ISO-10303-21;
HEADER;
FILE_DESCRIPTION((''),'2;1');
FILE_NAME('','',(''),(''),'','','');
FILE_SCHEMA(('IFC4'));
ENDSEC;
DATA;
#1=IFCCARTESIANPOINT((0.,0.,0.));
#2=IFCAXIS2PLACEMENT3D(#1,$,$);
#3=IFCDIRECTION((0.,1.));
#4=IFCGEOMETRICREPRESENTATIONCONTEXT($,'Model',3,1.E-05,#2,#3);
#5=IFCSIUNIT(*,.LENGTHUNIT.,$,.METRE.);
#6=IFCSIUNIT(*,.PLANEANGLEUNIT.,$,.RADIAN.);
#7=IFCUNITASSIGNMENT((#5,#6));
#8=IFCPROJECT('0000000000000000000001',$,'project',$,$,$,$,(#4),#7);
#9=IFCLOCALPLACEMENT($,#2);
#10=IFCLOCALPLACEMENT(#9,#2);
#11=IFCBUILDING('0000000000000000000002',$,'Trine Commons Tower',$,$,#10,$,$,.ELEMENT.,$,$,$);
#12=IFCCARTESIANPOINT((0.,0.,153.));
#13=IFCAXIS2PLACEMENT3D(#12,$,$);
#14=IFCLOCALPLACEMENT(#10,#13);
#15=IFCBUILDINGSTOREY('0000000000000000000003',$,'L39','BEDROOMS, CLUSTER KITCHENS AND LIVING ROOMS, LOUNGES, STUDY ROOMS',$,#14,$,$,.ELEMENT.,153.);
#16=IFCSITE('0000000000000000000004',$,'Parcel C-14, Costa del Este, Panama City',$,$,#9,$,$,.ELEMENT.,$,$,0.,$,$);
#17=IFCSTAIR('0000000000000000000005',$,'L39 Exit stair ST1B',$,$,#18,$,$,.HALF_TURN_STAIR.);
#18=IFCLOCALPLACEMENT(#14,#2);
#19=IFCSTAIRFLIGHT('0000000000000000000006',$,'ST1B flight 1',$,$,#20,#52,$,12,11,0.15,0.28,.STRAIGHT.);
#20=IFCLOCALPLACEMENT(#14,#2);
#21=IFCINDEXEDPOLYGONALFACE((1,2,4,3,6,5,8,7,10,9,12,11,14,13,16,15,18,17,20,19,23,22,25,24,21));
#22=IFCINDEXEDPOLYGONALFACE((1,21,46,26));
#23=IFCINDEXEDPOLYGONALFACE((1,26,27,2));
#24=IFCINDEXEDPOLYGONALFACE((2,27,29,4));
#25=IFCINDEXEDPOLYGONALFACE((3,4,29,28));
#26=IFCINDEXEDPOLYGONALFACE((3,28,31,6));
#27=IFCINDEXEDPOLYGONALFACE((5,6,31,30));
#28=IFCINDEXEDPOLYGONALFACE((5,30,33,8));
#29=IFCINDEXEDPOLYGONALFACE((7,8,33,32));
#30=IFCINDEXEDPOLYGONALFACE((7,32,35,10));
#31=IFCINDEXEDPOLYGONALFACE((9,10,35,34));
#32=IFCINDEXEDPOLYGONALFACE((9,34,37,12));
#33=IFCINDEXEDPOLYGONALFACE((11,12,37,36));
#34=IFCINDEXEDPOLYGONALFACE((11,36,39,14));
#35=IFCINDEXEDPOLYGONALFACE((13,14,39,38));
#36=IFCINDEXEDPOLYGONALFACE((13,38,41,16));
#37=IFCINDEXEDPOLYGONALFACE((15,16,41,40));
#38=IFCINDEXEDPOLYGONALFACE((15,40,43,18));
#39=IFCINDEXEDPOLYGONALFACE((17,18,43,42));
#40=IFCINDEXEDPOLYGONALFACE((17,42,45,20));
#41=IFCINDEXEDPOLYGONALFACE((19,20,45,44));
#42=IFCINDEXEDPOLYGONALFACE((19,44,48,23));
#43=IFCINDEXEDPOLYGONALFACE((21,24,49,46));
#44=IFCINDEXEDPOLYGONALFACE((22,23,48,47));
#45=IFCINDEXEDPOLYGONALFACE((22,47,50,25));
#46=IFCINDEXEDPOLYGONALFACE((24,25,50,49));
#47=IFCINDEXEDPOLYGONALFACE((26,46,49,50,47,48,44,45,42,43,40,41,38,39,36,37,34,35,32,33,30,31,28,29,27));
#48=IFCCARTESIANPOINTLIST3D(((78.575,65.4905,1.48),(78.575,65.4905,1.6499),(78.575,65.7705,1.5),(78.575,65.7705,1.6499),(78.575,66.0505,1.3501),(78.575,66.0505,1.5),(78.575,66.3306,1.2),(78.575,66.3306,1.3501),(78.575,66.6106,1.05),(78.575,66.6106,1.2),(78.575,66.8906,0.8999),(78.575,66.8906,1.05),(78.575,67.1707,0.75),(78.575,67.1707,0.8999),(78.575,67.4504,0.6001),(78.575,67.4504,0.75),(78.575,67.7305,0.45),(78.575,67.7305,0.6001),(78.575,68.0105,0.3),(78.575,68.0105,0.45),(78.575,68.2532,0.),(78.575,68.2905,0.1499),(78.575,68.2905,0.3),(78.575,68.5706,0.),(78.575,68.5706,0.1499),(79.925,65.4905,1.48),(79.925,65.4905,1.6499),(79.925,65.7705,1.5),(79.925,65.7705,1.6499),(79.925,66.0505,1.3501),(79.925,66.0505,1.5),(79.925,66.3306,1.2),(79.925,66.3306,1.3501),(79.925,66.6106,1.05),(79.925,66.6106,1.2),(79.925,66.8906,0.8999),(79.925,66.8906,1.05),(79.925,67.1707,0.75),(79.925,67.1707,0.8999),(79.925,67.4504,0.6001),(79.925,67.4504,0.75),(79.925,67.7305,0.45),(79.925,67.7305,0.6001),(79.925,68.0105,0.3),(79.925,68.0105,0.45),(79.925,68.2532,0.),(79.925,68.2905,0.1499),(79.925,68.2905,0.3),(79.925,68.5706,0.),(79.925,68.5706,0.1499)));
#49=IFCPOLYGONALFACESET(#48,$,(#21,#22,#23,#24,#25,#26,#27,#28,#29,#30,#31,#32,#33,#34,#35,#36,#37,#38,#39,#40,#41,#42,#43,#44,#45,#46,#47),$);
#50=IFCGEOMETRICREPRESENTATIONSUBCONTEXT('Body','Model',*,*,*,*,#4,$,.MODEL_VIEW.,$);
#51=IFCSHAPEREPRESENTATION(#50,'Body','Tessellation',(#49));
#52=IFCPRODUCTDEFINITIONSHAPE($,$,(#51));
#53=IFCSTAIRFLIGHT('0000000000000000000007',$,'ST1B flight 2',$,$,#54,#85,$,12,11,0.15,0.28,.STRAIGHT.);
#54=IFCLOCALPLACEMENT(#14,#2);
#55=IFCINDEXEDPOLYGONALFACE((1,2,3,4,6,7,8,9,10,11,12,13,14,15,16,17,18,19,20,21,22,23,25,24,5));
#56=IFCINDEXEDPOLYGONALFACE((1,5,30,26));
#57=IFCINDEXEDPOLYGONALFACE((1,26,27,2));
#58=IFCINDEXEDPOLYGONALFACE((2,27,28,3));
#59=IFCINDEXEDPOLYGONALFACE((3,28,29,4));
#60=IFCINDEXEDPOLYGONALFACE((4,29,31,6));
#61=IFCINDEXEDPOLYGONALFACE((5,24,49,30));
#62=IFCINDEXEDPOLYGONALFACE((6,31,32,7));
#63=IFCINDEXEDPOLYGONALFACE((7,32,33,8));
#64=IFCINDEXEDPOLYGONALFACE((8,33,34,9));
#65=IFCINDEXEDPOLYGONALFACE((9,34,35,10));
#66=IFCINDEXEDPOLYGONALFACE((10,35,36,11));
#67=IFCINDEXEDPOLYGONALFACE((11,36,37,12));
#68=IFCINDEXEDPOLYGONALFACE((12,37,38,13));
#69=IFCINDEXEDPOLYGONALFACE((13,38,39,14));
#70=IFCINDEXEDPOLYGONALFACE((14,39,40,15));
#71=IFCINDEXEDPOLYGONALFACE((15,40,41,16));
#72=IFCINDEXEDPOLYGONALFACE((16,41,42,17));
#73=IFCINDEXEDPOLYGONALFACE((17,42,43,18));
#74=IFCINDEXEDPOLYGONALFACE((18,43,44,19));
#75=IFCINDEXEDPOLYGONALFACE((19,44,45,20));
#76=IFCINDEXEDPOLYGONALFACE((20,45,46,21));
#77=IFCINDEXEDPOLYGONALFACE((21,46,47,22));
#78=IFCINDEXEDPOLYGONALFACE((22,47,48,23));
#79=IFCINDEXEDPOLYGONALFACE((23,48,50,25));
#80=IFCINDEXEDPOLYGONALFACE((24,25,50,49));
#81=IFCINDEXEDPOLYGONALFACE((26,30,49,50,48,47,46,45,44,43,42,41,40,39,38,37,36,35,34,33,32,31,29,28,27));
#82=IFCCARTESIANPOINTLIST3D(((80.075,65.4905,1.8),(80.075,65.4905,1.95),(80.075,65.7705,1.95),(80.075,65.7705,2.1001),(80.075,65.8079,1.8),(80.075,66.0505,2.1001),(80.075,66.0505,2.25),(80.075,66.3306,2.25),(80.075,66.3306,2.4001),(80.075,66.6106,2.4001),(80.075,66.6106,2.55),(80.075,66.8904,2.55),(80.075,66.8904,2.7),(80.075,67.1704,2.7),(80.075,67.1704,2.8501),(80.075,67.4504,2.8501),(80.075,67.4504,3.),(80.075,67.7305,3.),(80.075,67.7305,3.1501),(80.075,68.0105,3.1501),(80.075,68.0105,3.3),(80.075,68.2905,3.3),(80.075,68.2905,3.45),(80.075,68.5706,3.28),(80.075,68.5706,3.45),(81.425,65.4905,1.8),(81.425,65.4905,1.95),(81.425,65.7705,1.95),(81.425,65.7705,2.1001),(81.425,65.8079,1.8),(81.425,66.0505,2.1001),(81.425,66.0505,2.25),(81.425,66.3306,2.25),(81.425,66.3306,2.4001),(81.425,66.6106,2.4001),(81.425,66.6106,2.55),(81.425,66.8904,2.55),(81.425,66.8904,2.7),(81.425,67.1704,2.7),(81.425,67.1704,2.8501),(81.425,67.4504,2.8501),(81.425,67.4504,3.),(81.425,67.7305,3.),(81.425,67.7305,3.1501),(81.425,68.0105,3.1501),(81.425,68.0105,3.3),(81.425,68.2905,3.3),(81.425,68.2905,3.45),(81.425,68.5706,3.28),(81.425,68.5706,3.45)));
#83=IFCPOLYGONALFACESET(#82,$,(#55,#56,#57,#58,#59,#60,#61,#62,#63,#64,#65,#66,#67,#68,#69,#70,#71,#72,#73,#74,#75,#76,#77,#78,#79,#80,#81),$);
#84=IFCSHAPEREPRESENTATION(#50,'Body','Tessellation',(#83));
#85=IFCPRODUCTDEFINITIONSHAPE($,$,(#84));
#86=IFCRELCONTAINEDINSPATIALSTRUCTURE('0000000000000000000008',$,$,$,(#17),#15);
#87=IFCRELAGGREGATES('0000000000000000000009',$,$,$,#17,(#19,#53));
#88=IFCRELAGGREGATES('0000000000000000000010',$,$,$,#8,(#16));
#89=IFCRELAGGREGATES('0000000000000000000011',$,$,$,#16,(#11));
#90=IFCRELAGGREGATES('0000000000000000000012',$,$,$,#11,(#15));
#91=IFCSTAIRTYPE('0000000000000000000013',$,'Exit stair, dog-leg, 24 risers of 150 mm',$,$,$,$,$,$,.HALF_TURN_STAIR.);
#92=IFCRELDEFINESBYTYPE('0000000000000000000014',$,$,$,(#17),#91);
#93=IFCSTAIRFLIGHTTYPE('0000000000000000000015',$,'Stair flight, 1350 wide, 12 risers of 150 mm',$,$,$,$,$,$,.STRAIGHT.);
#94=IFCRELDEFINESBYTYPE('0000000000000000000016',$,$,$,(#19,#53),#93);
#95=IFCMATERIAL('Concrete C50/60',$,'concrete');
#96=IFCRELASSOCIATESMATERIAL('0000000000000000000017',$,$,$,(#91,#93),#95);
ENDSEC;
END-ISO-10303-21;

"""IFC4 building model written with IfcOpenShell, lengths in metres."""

from ifc_helpers import new_model, si_unit, direction, frame, origin, place, context, subcontext, project, spatial, polyline, outline, extrude, material, type_object, element, aggregate, save


model = new_model("IFC4")

# Units and contexts
model_context = context("Model", 3, precision=1e-05, world=origin(), true_north=direction((0.0, 1.0)))
body_context = subcontext(model_context, "Body", "Model", "MODEL_VIEW")
ifc_project = project(units=[si_unit("LENGTHUNIT", "METRE"), si_unit("PLANEANGLEUNIT", "RADIAN")], contexts=[model_context])

# Site, building, storey
site_placement = place(None, origin())
site = spatial("IfcSite", under=ifc_project, at=site_placement, Name="Parcel C-14, Costa del Este, Panama City", CompositionType="ELEMENT", RefElevation=0.0)
building_placement = place(site_placement, origin())
building = spatial("IfcBuilding", under=site, at=building_placement, Name="Trine Commons Tower", CompositionType="ELEMENT")
storey_placement = place(building_placement, frame((0.0, 0.0, 153.0)))
storey = spatial("IfcBuildingStorey", under=building, at=storey_placement, Name="L39", Description="BEDROOMS, CLUSTER KITCHENS AND LIVING ROOMS, LOUNGES, STUDY ROOMS", CompositionType="ELEMENT", Elevation=153.0)

# Stair, stair flights
ifc_material_1 = material(Name="Concrete C50/60", Category="concrete")
stair_type = type_object("IfcStairType", Name="Exit stair, dog-leg, 24 risers of 150 mm", PredefinedType="HALF_TURN_STAIR", material=ifc_material_1)
stair_placement = place(storey_placement, origin())
stair = element("IfcStair", 1, at=stair_placement, inside=storey, type_object=stair_type, Name="L39 Exit stair ST1B", PredefinedType="HALF_TURN_STAIR")
stair_flight_type = type_object("IfcStairFlightType", Name="Stair flight, 1350 wide, 12 risers of 150 mm", PredefinedType="STRAIGHT", material=ifc_material_1)
stair_flight_1_placement = place(storey_placement, frame((79.25, 68.5706, 0.0), z_axis=(0.0, 0.0, 1.0), x_axis=(0.0, -1.0, 0.0)))
stair_flight_1 = element("IfcStairFlight", 2, at=stair_flight_1_placement, type_object=stair_flight_type, Name="ST1B flight 1", NumberOfRisers=12, NumberOfTreads=11, PredefinedType="STRAIGHT", RiserHeight=0.15, TreadLength=0.28, context=body_context, shape_type="SweptSolid", body=[
    extrude(outline(polyline([(0.0, 0.0), (0.0, 0.1499), (0.28, 0.1499), (0.28, 0.3), (0.5601, 0.3), (0.5601, 0.45), (0.8401, 0.45), (0.8401, 0.6001), (1.1201, 0.6001), (1.1201, 0.75), (1.3999, 0.75), (1.3999, 0.8999), (1.6799, 0.8999), (1.6799, 1.05), (1.96, 1.05), (1.96, 1.2), (2.24, 1.2), (2.24, 1.3501), (2.52, 1.3501), (2.52, 1.5), (2.8, 1.5), (2.8, 1.6499), (3.0801, 1.6499), (3.0801, 1.8), (3.0801, 1.48), (0.3174, 0.0), (0.0, 0.0)])), frame((0.0, 0.675, 0.0), z_axis=(0.0, -1.0, 0.0), x_axis=(1.0, 0.0, 0.0)), (0.0, 0.0, 1.0), 1.3501),
])
stair_flight_2_placement = place(storey_placement, frame((80.75, 65.4905, 1.8), z_axis=(0.0, 0.0, 1.0), x_axis=(0.0, 1.0, 0.0)))
stair_flight_2 = element("IfcStairFlight", 3, at=stair_flight_2_placement, type_object=stair_flight_type, Name="ST1B flight 2", NumberOfRisers=12, NumberOfTreads=11, PredefinedType="STRAIGHT", RiserHeight=0.15, TreadLength=0.28, context=body_context, shape_type="SweptSolid", body=[
    extrude(outline(polyline([(0.0, 0.0), (0.0, 0.1499), (0.28, 0.1499), (0.28, 0.3), (0.5601, 0.3), (0.5601, 0.45), (0.8401, 0.45), (0.8401, 0.6001), (1.1201, 0.6001), (1.1201, 0.75), (1.3999, 0.75), (1.3999, 0.8999), (1.6799, 0.8999), (1.6799, 1.05), (1.96, 1.05), (1.96, 1.2), (2.24, 1.2), (2.24, 1.3501), (2.52, 1.3501), (2.52, 1.5), (2.8, 1.5), (2.8, 1.6499), (3.0801, 1.6499), (3.0801, 1.8), (3.0801, 1.48), (0.3174, 0.0), (0.0, 0.0)])), frame((0.0, 0.675, 0.0), z_axis=(0.0, -1.0, 0.0), x_axis=(1.0, 0.0, 0.0)), (0.0, 0.0, 1.0), 1.3501),
])
aggregate(stair, [stair_flight_1, stair_flight_2])

save(model, "model.ifc")
